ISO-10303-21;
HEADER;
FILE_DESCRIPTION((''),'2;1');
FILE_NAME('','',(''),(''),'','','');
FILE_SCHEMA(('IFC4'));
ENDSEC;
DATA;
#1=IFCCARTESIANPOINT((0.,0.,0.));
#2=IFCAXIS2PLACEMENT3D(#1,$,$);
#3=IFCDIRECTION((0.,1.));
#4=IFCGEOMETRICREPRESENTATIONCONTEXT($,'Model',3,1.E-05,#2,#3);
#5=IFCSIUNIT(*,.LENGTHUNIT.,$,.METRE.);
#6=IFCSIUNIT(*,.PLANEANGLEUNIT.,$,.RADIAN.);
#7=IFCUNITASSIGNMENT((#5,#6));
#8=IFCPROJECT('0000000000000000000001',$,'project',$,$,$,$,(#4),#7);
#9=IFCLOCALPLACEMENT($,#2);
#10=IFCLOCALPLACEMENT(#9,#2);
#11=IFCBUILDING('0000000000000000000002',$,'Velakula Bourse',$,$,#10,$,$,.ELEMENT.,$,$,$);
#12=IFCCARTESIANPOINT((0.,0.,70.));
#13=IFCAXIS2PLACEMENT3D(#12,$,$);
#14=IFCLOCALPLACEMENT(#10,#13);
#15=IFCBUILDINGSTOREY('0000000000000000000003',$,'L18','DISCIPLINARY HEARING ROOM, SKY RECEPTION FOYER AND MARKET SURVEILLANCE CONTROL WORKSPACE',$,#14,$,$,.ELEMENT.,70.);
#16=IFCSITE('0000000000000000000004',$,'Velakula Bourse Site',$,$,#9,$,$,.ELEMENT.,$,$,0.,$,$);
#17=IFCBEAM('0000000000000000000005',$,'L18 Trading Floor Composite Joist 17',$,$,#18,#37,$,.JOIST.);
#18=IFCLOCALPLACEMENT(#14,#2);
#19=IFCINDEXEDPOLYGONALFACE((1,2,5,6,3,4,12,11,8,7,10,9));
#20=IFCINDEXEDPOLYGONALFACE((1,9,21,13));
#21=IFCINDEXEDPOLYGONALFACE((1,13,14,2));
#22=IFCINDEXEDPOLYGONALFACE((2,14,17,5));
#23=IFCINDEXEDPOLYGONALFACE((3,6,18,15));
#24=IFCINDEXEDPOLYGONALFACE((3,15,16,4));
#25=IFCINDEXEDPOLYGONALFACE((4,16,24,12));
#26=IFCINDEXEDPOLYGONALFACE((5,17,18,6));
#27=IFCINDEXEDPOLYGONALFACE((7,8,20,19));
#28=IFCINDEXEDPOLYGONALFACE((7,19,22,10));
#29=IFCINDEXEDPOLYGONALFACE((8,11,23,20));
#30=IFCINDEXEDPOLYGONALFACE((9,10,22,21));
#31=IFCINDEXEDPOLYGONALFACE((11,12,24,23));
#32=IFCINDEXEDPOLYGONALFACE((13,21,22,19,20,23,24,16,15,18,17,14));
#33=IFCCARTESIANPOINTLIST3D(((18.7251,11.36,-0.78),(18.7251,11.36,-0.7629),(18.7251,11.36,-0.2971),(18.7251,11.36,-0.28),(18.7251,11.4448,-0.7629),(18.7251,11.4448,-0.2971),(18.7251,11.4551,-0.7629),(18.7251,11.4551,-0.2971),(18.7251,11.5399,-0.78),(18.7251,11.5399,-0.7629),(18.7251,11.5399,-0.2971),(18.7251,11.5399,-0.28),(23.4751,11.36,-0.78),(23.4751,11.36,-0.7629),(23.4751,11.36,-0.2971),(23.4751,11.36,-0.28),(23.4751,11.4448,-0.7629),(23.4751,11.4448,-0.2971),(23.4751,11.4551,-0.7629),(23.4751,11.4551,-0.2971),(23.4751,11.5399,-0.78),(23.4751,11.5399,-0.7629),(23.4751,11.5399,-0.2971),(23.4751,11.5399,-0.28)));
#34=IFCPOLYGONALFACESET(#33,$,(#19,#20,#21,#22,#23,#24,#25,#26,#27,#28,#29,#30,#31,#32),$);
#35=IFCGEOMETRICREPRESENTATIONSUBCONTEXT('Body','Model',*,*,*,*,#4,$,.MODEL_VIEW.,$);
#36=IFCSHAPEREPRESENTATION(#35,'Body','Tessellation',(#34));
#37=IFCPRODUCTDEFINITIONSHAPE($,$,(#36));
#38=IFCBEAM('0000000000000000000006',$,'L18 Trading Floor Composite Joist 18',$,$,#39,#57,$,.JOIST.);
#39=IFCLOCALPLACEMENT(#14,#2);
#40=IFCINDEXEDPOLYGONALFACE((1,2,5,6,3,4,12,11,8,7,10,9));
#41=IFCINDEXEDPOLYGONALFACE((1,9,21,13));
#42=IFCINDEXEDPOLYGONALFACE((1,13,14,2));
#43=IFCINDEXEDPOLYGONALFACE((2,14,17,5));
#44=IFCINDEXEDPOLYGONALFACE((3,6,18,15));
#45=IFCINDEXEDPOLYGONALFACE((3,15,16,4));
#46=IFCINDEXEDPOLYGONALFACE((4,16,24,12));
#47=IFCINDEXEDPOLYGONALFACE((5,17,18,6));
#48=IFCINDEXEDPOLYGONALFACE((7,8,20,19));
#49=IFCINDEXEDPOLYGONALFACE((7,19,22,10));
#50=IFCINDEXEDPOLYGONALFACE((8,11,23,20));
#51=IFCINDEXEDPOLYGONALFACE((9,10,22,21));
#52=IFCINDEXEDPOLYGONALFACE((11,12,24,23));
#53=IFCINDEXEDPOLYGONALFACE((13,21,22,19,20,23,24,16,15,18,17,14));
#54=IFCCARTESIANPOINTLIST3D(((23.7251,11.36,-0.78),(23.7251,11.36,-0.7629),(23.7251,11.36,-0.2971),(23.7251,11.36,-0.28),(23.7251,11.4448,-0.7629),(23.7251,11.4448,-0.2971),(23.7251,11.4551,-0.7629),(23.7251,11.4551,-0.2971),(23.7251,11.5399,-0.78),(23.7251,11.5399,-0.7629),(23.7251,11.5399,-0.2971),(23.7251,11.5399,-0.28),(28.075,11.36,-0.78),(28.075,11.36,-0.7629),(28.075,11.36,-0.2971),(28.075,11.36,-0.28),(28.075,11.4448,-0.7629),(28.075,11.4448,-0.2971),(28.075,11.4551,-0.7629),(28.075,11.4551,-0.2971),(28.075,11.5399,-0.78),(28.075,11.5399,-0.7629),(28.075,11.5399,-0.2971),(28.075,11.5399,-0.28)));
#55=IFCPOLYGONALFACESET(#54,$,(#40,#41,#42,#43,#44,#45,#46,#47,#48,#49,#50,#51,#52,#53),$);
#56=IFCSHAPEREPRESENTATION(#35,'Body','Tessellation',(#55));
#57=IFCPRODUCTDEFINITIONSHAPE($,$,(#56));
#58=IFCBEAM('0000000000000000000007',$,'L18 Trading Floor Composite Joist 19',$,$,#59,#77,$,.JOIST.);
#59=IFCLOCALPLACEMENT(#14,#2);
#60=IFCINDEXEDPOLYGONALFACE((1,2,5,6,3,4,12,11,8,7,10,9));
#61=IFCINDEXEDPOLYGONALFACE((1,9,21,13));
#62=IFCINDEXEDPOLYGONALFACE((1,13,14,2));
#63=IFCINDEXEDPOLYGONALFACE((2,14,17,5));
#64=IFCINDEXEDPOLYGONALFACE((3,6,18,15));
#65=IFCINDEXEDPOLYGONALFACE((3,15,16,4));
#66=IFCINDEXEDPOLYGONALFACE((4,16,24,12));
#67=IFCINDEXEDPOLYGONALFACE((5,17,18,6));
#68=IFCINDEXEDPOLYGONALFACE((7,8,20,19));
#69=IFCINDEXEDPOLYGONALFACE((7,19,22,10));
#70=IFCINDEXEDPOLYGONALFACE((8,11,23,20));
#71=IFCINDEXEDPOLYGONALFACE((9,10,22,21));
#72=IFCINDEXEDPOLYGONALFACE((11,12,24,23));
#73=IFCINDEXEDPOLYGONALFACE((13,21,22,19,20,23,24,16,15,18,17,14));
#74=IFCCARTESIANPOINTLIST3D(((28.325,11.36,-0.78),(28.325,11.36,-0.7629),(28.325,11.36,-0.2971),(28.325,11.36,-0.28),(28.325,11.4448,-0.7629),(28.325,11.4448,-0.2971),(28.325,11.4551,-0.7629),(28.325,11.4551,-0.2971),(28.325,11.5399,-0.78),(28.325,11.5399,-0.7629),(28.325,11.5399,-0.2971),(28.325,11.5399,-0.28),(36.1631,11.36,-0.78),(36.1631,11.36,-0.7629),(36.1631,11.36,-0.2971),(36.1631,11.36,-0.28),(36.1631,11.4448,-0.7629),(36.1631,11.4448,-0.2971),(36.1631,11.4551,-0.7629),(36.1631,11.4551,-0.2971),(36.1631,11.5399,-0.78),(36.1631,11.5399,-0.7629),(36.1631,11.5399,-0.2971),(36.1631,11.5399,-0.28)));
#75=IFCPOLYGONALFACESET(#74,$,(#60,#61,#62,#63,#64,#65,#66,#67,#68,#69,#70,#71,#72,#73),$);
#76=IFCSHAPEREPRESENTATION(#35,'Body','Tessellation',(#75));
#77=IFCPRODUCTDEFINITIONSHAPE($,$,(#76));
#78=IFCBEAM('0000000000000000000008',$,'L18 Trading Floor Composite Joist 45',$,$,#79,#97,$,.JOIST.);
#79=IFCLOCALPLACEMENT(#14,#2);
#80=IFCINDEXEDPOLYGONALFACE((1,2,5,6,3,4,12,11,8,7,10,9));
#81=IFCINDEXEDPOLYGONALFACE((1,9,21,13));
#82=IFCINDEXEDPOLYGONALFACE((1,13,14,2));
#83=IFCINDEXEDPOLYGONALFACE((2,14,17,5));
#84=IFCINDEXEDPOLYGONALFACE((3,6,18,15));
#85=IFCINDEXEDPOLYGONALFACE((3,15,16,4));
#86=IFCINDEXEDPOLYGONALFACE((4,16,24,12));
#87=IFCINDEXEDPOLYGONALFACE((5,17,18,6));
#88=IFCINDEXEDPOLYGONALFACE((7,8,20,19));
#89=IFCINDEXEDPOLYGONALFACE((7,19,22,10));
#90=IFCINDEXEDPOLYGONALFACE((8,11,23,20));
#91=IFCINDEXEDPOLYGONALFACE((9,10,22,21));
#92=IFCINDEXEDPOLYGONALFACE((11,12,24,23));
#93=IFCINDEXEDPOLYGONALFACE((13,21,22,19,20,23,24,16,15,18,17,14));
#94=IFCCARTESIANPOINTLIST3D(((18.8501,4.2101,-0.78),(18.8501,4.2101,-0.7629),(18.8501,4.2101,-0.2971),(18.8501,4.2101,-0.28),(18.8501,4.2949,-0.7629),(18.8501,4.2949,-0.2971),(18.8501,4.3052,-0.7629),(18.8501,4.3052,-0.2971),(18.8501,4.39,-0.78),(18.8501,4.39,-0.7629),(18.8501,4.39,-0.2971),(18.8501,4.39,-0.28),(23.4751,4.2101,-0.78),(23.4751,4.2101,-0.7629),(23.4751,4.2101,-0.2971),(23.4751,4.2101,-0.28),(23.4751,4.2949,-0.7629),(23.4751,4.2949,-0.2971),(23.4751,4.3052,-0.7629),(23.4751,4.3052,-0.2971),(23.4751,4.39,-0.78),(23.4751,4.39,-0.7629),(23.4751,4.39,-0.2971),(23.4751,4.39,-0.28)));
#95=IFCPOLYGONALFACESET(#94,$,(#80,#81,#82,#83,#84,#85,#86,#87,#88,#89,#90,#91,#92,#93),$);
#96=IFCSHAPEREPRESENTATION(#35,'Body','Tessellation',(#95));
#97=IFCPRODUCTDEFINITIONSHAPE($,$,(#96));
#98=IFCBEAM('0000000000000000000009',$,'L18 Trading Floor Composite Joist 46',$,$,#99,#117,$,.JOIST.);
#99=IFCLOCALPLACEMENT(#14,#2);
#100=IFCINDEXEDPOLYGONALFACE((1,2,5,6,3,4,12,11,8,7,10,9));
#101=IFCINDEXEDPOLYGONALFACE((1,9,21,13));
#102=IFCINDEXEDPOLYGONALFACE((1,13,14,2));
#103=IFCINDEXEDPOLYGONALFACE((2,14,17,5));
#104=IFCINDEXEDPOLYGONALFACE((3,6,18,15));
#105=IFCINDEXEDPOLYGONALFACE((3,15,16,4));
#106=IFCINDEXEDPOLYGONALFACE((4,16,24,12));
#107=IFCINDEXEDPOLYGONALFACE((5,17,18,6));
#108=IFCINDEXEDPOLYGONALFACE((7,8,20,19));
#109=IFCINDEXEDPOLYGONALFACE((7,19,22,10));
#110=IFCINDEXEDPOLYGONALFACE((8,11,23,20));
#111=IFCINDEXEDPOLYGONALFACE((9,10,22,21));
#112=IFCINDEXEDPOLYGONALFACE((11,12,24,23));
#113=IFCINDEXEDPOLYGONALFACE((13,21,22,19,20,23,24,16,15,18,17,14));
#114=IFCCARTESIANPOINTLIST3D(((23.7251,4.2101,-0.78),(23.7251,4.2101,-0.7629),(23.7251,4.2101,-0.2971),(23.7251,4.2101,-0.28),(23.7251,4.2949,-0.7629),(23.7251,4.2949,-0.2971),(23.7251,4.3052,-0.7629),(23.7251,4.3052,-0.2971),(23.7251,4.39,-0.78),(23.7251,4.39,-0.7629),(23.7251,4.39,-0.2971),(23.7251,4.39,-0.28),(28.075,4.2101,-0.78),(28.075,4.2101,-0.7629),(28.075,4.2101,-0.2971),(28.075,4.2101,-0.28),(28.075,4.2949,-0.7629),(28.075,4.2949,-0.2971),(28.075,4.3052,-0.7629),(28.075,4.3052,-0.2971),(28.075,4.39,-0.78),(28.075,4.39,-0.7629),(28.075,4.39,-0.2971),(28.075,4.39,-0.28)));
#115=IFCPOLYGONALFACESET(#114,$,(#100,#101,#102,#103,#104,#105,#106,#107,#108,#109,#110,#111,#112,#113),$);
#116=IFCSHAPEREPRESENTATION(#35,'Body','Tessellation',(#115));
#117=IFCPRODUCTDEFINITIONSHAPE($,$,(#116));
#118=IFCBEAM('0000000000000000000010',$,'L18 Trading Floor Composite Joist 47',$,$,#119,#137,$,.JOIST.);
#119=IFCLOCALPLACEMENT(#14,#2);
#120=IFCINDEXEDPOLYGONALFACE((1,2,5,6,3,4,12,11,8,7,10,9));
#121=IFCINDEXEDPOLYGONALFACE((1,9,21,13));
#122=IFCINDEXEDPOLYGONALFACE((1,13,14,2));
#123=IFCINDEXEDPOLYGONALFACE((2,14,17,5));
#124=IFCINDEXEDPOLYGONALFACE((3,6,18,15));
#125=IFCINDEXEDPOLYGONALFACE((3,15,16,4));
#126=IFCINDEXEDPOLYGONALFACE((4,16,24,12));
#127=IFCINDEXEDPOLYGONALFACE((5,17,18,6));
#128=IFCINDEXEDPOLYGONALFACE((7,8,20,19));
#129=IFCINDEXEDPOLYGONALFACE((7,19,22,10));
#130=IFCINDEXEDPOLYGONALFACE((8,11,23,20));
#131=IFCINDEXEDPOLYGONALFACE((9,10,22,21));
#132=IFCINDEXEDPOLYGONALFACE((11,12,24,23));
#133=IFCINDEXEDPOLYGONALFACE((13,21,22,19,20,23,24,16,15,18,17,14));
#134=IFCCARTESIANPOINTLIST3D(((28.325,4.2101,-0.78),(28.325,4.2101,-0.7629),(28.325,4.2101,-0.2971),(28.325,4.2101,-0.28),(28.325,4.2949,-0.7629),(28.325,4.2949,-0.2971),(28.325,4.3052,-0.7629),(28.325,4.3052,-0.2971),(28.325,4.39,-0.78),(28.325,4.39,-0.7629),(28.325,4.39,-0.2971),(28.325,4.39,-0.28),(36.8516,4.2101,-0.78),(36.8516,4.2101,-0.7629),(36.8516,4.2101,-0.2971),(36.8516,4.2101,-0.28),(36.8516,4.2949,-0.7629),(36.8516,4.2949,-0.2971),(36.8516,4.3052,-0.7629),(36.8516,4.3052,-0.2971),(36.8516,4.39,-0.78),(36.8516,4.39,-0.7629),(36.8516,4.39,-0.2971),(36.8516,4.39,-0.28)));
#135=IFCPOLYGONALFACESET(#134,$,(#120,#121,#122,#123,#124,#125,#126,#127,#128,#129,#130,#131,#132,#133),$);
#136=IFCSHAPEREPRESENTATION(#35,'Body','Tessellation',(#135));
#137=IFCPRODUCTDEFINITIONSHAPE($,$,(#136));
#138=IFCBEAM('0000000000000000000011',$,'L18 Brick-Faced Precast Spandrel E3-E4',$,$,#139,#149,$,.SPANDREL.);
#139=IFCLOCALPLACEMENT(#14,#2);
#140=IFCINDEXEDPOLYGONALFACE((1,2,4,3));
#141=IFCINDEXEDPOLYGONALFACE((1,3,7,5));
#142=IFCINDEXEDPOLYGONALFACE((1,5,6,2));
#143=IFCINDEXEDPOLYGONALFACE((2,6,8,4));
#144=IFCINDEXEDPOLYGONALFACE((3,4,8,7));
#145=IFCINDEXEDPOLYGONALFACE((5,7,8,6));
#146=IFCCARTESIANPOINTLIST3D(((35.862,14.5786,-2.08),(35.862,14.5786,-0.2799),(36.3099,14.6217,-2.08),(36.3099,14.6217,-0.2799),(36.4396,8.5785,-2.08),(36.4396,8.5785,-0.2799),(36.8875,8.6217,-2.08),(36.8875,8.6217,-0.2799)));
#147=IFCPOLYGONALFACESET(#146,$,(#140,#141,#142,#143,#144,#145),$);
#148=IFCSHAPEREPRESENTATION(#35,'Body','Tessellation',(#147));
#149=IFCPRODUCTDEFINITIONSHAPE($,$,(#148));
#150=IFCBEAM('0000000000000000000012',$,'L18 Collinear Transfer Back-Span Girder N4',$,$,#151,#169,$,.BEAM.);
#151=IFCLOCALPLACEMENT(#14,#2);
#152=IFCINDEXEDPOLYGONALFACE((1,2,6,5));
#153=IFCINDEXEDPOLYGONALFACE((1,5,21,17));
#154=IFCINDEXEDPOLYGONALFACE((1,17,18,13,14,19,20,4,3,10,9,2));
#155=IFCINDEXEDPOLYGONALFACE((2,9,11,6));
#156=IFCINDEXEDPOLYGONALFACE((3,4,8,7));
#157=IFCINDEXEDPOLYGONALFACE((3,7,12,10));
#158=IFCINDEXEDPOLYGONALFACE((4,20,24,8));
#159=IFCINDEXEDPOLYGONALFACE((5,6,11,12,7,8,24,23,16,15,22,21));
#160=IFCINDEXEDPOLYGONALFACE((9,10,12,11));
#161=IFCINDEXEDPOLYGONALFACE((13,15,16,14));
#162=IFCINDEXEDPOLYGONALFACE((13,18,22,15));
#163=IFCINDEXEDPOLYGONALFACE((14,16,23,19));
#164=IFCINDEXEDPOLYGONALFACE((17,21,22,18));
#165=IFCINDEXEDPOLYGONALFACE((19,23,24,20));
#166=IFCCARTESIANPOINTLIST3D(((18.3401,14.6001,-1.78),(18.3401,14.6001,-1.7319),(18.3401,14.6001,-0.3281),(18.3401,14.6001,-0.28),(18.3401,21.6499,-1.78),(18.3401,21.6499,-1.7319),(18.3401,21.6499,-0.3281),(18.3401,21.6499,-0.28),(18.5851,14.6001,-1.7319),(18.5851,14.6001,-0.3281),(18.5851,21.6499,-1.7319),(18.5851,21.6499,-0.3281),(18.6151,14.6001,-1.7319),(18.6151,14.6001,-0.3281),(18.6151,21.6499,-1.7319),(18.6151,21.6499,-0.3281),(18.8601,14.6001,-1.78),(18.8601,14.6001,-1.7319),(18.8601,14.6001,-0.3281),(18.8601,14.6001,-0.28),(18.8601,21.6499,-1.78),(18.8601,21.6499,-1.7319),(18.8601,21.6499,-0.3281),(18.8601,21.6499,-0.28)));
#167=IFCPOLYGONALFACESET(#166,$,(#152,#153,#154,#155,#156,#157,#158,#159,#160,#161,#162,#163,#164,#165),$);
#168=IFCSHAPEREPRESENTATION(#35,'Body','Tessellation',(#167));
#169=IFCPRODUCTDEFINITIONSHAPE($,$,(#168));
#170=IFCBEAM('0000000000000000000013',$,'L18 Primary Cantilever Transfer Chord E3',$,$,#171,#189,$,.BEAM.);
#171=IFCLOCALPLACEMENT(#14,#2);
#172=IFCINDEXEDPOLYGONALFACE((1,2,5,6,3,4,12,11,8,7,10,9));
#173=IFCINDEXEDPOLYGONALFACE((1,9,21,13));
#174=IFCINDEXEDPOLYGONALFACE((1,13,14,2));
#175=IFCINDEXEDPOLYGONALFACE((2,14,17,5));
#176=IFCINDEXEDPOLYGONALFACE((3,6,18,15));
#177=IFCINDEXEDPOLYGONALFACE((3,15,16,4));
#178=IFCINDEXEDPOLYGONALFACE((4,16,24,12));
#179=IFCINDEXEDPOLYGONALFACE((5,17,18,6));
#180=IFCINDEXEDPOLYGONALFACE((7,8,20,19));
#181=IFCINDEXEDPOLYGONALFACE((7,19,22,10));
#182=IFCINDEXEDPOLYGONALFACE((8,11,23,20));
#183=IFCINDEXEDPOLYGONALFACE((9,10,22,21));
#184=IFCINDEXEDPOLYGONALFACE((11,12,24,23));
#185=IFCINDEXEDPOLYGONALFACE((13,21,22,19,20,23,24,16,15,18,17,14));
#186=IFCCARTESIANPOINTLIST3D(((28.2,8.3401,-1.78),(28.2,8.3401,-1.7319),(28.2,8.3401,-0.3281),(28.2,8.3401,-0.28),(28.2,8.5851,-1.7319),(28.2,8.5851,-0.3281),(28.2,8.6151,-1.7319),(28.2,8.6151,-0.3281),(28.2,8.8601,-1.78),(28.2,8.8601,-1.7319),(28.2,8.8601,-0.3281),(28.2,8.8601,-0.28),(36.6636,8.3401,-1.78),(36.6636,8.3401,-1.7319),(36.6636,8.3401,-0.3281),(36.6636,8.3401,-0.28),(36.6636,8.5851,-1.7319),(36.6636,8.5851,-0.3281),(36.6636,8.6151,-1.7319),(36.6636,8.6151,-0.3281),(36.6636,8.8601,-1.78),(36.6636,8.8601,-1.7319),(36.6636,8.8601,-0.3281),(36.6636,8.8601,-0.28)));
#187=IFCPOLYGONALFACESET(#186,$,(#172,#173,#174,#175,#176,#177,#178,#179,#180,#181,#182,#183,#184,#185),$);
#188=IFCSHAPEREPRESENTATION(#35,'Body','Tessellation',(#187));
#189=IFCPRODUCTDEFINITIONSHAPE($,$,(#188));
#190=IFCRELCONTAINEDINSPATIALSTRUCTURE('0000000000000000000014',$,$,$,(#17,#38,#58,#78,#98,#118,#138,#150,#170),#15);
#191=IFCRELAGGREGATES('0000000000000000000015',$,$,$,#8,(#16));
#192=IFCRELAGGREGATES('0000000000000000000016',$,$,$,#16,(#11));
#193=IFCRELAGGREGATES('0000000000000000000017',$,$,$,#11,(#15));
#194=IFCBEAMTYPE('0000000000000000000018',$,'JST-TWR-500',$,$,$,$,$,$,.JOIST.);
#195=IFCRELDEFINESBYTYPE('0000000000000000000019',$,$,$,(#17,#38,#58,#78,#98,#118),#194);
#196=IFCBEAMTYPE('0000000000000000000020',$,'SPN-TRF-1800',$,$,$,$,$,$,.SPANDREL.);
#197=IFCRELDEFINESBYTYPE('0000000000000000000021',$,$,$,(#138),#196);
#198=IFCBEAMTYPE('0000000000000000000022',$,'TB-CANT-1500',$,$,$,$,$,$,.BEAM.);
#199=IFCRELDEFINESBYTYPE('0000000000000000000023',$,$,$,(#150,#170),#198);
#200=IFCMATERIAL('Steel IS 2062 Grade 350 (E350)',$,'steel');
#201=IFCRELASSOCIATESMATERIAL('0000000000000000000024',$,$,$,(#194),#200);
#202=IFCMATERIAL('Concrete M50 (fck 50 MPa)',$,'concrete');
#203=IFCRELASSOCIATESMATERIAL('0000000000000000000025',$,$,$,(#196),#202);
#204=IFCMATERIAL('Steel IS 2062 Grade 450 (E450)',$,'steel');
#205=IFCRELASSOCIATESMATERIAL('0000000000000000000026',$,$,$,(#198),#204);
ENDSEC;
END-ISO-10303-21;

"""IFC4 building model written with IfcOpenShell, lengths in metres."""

from ifc_helpers import new_model, si_unit, direction, frame, origin, origin_2d, place, context, subcontext, project, spatial, rectangle, i_section, extrude, material, material_profile, profile_set, type_object, element, save


model = new_model("IFC4")

# Units and contexts
model_context = context("Model", 3, precision=1e-05, world=origin(), true_north=direction((0.0, 1.0)))
body_context = subcontext(model_context, "Body", "Model", "MODEL_VIEW")
ifc_project = project(units=[si_unit("LENGTHUNIT", "METRE"), si_unit("PLANEANGLEUNIT", "RADIAN")], contexts=[model_context])

# Site, building, storey
site_placement = place(None, origin())
site = spatial("IfcSite", under=ifc_project, at=site_placement, Name="Velakula Bourse Site", CompositionType="ELEMENT", RefElevation=0.0)
building_placement = place(site_placement, origin())
building = spatial("IfcBuilding", under=site, at=building_placement, Name="Velakula Bourse", CompositionType="ELEMENT")
storey_placement = place(building_placement, frame((0.0, 0.0, 70.0)))
storey = spatial("IfcBuildingStorey", under=building, at=storey_placement, Name="L18", Description="DISCIPLINARY HEARING ROOM, SKY RECEPTION FOYER AND MARKET SURVEILLANCE CONTROL WORKSPACE", CompositionType="ELEMENT", Elevation=70.0)

# Shared definitions
ifc_material_1 = material(Name="Steel IS 2062 Grade 450 (E450)", Category="steel")

# Beams
ifc_material_2 = material(Name="Steel IS 2062 Grade 350 (E350)", Category="steel")
ifc_material_profile_1 = material_profile(ifc_material_2, i_section(OverallWidth=0.1799, OverallDepth=0.5, WebThickness=0.0103, FlangeThickness=0.0171, at=origin_2d()), Name="Steel IS 2062 Grade 350 (E350)")
ifc_profile_set_1 = profile_set([ifc_material_profile_1], Name="Steel IS 2062 Grade 350 (E350)")
beam_type_1 = type_object("IfcBeamType", Name="JST-TWR-500", PredefinedType="JOIST", material=ifc_profile_set_1)
beam_1_placement = place(storey_placement, frame((18.7251, 11.45, -0.53), z_axis=(1.0, 0.0, 0.0), x_axis=(0.0, 1.0, 0.0)))
element("IfcBeam", 1, at=beam_1_placement, inside=storey, type_object=beam_type_1, Name="L18 Trading Floor Composite Joist 17", PredefinedType="JOIST", context=body_context, shape_type="SweptSolid", body=[
    extrude(i_section(OverallWidth=0.1799, OverallDepth=0.5, WebThickness=0.0103, FlangeThickness=0.0171, at=origin_2d()), origin(), (0.0, 0.0, 1.0), 4.75),
])
beam_2_placement = place(storey_placement, frame((23.7251, 11.45, -0.53), z_axis=(1.0, 0.0, 0.0), x_axis=(0.0, 1.0, 0.0)))
element("IfcBeam", 2, at=beam_2_placement, inside=storey, type_object=beam_type_1, Name="L18 Trading Floor Composite Joist 18", PredefinedType="JOIST", context=body_context, shape_type="SweptSolid", body=[
    extrude(i_section(OverallWidth=0.1799, OverallDepth=0.5, WebThickness=0.0103, FlangeThickness=0.0171, at=origin_2d()), origin(), (0.0, 0.0, 1.0), 4.3499),
])
beam_3_placement = place(storey_placement, frame((28.325, 11.45, -0.53), z_axis=(1.0, 0.0, 0.0), x_axis=(0.0, 1.0, 0.0)))
element("IfcBeam", 3, at=beam_3_placement, inside=storey, type_object=beam_type_1, Name="L18 Trading Floor Composite Joist 19", PredefinedType="JOIST", context=body_context, shape_type="SweptSolid", body=[
    extrude(i_section(OverallWidth=0.1799, OverallDepth=0.5, WebThickness=0.0103, FlangeThickness=0.0171, at=origin_2d()), origin(), (0.0, 0.0, 1.0), 7.8381),
])
beam_4_placement = place(storey_placement, frame((18.8501, 4.3, -0.53), z_axis=(1.0, 0.0, 0.0), x_axis=(0.0, 1.0, 0.0)))
element("IfcBeam", 4, at=beam_4_placement, inside=storey, type_object=beam_type_1, Name="L18 Trading Floor Composite Joist 45", PredefinedType="JOIST", context=body_context, shape_type="SweptSolid", body=[
    extrude(i_section(OverallWidth=0.1799, OverallDepth=0.5, WebThickness=0.0103, FlangeThickness=0.0171, at=origin_2d()), origin(), (0.0, 0.0, 1.0), 4.625),
])
beam_5_placement = place(storey_placement, frame((23.7251, 4.3, -0.53), z_axis=(1.0, 0.0, 0.0), x_axis=(0.0, 1.0, 0.0)))
element("IfcBeam", 5, at=beam_5_placement, inside=storey, type_object=beam_type_1, Name="L18 Trading Floor Composite Joist 46", PredefinedType="JOIST", context=body_context, shape_type="SweptSolid", body=[
    extrude(i_section(OverallWidth=0.1799, OverallDepth=0.5, WebThickness=0.0103, FlangeThickness=0.0171, at=origin_2d()), origin(), (0.0, 0.0, 1.0), 4.3499),
])
beam_6_placement = place(storey_placement, frame((28.325, 4.3, -0.53), z_axis=(1.0, 0.0, 0.0), x_axis=(0.0, 1.0, 0.0)))
element("IfcBeam", 6, at=beam_6_placement, inside=storey, type_object=beam_type_1, Name="L18 Trading Floor Composite Joist 47", PredefinedType="JOIST", context=body_context, shape_type="SweptSolid", body=[
    extrude(i_section(OverallWidth=0.1799, OverallDepth=0.5, WebThickness=0.0103, FlangeThickness=0.0171, at=origin_2d()), origin(), (0.0, 0.0, 1.0), 8.5266),
])
ifc_material_3 = material(Name="Concrete M50 (fck 50 MPa)", Category="concrete")
ifc_material_profile_2 = material_profile(ifc_material_3, rectangle(XDim=0.45, YDim=1.8, at=origin_2d()), Name="Concrete M50 (fck 50 MPa)")
ifc_profile_set_2 = profile_set([ifc_material_profile_2], Name="Concrete M50 (fck 50 MPa)")
beam_type_2 = type_object("IfcBeamType", Name="SPN-TRF-1800", PredefinedType="SPANDREL", material=ifc_profile_set_2)
beam_7_placement = place(storey_placement, frame((36.6636, 8.6001, -1.1799), z_axis=(-0.09583, 0.995398, 0.0), x_axis=(-0.995398, -0.09583, 0.0)))
element("IfcBeam", 7, at=beam_7_placement, inside=storey, type_object=beam_type_2, Name="L18 Brick-Faced Precast Spandrel E3-E4", PredefinedType="SPANDREL", context=body_context, shape_type="SweptSolid", body=[
    extrude(rectangle(XDim=0.45, YDim=1.8, at=origin_2d()), origin(), (0.0, 0.0, 1.0), 6.0278),
])
ifc_material_profile_3 = material_profile(ifc_material_1, i_section(OverallWidth=0.52, OverallDepth=1.5, WebThickness=0.03, FlangeThickness=0.0481, at=origin_2d()), Name="Steel IS 2062 Grade 450 (E450)")
ifc_profile_set_3 = profile_set([ifc_material_profile_3], Name="Steel IS 2062 Grade 450 (E450)")
beam_type_3 = type_object("IfcBeamType", Name="TB-CANT-1500", PredefinedType="BEAM", material=ifc_profile_set_3)
beam_8_placement = place(storey_placement, frame((18.6001, 14.6001, -1.03), z_axis=(0.0, 1.0, 0.0), x_axis=(-1.0, 0.0, 0.0)))
element("IfcBeam", 8, at=beam_8_placement, inside=storey, type_object=beam_type_3, Name="L18 Collinear Transfer Back-Span Girder N4", PredefinedType="BEAM", context=body_context, shape_type="SweptSolid", body=[
    extrude(i_section(OverallWidth=0.52, OverallDepth=1.5, WebThickness=0.03, FlangeThickness=0.0481, at=origin_2d()), origin(), (0.0, 0.0, 1.0), 7.0498),
])
beam_9_placement = place(storey_placement, frame((28.2, 8.6001, -1.03), z_axis=(1.0, 0.0, 0.0), x_axis=(0.0, 1.0, 0.0)))
element("IfcBeam", 9, at=beam_9_placement, inside=storey, type_object=beam_type_3, Name="L18 Primary Cantilever Transfer Chord E3", PredefinedType="BEAM", context=body_context, shape_type="SweptSolid", body=[
    extrude(i_section(OverallWidth=0.52, OverallDepth=1.5, WebThickness=0.03, FlangeThickness=0.0481, at=origin_2d()), origin(), (0.0, 0.0, 1.0), 8.4636),
])

save(model, "model.ifc")
